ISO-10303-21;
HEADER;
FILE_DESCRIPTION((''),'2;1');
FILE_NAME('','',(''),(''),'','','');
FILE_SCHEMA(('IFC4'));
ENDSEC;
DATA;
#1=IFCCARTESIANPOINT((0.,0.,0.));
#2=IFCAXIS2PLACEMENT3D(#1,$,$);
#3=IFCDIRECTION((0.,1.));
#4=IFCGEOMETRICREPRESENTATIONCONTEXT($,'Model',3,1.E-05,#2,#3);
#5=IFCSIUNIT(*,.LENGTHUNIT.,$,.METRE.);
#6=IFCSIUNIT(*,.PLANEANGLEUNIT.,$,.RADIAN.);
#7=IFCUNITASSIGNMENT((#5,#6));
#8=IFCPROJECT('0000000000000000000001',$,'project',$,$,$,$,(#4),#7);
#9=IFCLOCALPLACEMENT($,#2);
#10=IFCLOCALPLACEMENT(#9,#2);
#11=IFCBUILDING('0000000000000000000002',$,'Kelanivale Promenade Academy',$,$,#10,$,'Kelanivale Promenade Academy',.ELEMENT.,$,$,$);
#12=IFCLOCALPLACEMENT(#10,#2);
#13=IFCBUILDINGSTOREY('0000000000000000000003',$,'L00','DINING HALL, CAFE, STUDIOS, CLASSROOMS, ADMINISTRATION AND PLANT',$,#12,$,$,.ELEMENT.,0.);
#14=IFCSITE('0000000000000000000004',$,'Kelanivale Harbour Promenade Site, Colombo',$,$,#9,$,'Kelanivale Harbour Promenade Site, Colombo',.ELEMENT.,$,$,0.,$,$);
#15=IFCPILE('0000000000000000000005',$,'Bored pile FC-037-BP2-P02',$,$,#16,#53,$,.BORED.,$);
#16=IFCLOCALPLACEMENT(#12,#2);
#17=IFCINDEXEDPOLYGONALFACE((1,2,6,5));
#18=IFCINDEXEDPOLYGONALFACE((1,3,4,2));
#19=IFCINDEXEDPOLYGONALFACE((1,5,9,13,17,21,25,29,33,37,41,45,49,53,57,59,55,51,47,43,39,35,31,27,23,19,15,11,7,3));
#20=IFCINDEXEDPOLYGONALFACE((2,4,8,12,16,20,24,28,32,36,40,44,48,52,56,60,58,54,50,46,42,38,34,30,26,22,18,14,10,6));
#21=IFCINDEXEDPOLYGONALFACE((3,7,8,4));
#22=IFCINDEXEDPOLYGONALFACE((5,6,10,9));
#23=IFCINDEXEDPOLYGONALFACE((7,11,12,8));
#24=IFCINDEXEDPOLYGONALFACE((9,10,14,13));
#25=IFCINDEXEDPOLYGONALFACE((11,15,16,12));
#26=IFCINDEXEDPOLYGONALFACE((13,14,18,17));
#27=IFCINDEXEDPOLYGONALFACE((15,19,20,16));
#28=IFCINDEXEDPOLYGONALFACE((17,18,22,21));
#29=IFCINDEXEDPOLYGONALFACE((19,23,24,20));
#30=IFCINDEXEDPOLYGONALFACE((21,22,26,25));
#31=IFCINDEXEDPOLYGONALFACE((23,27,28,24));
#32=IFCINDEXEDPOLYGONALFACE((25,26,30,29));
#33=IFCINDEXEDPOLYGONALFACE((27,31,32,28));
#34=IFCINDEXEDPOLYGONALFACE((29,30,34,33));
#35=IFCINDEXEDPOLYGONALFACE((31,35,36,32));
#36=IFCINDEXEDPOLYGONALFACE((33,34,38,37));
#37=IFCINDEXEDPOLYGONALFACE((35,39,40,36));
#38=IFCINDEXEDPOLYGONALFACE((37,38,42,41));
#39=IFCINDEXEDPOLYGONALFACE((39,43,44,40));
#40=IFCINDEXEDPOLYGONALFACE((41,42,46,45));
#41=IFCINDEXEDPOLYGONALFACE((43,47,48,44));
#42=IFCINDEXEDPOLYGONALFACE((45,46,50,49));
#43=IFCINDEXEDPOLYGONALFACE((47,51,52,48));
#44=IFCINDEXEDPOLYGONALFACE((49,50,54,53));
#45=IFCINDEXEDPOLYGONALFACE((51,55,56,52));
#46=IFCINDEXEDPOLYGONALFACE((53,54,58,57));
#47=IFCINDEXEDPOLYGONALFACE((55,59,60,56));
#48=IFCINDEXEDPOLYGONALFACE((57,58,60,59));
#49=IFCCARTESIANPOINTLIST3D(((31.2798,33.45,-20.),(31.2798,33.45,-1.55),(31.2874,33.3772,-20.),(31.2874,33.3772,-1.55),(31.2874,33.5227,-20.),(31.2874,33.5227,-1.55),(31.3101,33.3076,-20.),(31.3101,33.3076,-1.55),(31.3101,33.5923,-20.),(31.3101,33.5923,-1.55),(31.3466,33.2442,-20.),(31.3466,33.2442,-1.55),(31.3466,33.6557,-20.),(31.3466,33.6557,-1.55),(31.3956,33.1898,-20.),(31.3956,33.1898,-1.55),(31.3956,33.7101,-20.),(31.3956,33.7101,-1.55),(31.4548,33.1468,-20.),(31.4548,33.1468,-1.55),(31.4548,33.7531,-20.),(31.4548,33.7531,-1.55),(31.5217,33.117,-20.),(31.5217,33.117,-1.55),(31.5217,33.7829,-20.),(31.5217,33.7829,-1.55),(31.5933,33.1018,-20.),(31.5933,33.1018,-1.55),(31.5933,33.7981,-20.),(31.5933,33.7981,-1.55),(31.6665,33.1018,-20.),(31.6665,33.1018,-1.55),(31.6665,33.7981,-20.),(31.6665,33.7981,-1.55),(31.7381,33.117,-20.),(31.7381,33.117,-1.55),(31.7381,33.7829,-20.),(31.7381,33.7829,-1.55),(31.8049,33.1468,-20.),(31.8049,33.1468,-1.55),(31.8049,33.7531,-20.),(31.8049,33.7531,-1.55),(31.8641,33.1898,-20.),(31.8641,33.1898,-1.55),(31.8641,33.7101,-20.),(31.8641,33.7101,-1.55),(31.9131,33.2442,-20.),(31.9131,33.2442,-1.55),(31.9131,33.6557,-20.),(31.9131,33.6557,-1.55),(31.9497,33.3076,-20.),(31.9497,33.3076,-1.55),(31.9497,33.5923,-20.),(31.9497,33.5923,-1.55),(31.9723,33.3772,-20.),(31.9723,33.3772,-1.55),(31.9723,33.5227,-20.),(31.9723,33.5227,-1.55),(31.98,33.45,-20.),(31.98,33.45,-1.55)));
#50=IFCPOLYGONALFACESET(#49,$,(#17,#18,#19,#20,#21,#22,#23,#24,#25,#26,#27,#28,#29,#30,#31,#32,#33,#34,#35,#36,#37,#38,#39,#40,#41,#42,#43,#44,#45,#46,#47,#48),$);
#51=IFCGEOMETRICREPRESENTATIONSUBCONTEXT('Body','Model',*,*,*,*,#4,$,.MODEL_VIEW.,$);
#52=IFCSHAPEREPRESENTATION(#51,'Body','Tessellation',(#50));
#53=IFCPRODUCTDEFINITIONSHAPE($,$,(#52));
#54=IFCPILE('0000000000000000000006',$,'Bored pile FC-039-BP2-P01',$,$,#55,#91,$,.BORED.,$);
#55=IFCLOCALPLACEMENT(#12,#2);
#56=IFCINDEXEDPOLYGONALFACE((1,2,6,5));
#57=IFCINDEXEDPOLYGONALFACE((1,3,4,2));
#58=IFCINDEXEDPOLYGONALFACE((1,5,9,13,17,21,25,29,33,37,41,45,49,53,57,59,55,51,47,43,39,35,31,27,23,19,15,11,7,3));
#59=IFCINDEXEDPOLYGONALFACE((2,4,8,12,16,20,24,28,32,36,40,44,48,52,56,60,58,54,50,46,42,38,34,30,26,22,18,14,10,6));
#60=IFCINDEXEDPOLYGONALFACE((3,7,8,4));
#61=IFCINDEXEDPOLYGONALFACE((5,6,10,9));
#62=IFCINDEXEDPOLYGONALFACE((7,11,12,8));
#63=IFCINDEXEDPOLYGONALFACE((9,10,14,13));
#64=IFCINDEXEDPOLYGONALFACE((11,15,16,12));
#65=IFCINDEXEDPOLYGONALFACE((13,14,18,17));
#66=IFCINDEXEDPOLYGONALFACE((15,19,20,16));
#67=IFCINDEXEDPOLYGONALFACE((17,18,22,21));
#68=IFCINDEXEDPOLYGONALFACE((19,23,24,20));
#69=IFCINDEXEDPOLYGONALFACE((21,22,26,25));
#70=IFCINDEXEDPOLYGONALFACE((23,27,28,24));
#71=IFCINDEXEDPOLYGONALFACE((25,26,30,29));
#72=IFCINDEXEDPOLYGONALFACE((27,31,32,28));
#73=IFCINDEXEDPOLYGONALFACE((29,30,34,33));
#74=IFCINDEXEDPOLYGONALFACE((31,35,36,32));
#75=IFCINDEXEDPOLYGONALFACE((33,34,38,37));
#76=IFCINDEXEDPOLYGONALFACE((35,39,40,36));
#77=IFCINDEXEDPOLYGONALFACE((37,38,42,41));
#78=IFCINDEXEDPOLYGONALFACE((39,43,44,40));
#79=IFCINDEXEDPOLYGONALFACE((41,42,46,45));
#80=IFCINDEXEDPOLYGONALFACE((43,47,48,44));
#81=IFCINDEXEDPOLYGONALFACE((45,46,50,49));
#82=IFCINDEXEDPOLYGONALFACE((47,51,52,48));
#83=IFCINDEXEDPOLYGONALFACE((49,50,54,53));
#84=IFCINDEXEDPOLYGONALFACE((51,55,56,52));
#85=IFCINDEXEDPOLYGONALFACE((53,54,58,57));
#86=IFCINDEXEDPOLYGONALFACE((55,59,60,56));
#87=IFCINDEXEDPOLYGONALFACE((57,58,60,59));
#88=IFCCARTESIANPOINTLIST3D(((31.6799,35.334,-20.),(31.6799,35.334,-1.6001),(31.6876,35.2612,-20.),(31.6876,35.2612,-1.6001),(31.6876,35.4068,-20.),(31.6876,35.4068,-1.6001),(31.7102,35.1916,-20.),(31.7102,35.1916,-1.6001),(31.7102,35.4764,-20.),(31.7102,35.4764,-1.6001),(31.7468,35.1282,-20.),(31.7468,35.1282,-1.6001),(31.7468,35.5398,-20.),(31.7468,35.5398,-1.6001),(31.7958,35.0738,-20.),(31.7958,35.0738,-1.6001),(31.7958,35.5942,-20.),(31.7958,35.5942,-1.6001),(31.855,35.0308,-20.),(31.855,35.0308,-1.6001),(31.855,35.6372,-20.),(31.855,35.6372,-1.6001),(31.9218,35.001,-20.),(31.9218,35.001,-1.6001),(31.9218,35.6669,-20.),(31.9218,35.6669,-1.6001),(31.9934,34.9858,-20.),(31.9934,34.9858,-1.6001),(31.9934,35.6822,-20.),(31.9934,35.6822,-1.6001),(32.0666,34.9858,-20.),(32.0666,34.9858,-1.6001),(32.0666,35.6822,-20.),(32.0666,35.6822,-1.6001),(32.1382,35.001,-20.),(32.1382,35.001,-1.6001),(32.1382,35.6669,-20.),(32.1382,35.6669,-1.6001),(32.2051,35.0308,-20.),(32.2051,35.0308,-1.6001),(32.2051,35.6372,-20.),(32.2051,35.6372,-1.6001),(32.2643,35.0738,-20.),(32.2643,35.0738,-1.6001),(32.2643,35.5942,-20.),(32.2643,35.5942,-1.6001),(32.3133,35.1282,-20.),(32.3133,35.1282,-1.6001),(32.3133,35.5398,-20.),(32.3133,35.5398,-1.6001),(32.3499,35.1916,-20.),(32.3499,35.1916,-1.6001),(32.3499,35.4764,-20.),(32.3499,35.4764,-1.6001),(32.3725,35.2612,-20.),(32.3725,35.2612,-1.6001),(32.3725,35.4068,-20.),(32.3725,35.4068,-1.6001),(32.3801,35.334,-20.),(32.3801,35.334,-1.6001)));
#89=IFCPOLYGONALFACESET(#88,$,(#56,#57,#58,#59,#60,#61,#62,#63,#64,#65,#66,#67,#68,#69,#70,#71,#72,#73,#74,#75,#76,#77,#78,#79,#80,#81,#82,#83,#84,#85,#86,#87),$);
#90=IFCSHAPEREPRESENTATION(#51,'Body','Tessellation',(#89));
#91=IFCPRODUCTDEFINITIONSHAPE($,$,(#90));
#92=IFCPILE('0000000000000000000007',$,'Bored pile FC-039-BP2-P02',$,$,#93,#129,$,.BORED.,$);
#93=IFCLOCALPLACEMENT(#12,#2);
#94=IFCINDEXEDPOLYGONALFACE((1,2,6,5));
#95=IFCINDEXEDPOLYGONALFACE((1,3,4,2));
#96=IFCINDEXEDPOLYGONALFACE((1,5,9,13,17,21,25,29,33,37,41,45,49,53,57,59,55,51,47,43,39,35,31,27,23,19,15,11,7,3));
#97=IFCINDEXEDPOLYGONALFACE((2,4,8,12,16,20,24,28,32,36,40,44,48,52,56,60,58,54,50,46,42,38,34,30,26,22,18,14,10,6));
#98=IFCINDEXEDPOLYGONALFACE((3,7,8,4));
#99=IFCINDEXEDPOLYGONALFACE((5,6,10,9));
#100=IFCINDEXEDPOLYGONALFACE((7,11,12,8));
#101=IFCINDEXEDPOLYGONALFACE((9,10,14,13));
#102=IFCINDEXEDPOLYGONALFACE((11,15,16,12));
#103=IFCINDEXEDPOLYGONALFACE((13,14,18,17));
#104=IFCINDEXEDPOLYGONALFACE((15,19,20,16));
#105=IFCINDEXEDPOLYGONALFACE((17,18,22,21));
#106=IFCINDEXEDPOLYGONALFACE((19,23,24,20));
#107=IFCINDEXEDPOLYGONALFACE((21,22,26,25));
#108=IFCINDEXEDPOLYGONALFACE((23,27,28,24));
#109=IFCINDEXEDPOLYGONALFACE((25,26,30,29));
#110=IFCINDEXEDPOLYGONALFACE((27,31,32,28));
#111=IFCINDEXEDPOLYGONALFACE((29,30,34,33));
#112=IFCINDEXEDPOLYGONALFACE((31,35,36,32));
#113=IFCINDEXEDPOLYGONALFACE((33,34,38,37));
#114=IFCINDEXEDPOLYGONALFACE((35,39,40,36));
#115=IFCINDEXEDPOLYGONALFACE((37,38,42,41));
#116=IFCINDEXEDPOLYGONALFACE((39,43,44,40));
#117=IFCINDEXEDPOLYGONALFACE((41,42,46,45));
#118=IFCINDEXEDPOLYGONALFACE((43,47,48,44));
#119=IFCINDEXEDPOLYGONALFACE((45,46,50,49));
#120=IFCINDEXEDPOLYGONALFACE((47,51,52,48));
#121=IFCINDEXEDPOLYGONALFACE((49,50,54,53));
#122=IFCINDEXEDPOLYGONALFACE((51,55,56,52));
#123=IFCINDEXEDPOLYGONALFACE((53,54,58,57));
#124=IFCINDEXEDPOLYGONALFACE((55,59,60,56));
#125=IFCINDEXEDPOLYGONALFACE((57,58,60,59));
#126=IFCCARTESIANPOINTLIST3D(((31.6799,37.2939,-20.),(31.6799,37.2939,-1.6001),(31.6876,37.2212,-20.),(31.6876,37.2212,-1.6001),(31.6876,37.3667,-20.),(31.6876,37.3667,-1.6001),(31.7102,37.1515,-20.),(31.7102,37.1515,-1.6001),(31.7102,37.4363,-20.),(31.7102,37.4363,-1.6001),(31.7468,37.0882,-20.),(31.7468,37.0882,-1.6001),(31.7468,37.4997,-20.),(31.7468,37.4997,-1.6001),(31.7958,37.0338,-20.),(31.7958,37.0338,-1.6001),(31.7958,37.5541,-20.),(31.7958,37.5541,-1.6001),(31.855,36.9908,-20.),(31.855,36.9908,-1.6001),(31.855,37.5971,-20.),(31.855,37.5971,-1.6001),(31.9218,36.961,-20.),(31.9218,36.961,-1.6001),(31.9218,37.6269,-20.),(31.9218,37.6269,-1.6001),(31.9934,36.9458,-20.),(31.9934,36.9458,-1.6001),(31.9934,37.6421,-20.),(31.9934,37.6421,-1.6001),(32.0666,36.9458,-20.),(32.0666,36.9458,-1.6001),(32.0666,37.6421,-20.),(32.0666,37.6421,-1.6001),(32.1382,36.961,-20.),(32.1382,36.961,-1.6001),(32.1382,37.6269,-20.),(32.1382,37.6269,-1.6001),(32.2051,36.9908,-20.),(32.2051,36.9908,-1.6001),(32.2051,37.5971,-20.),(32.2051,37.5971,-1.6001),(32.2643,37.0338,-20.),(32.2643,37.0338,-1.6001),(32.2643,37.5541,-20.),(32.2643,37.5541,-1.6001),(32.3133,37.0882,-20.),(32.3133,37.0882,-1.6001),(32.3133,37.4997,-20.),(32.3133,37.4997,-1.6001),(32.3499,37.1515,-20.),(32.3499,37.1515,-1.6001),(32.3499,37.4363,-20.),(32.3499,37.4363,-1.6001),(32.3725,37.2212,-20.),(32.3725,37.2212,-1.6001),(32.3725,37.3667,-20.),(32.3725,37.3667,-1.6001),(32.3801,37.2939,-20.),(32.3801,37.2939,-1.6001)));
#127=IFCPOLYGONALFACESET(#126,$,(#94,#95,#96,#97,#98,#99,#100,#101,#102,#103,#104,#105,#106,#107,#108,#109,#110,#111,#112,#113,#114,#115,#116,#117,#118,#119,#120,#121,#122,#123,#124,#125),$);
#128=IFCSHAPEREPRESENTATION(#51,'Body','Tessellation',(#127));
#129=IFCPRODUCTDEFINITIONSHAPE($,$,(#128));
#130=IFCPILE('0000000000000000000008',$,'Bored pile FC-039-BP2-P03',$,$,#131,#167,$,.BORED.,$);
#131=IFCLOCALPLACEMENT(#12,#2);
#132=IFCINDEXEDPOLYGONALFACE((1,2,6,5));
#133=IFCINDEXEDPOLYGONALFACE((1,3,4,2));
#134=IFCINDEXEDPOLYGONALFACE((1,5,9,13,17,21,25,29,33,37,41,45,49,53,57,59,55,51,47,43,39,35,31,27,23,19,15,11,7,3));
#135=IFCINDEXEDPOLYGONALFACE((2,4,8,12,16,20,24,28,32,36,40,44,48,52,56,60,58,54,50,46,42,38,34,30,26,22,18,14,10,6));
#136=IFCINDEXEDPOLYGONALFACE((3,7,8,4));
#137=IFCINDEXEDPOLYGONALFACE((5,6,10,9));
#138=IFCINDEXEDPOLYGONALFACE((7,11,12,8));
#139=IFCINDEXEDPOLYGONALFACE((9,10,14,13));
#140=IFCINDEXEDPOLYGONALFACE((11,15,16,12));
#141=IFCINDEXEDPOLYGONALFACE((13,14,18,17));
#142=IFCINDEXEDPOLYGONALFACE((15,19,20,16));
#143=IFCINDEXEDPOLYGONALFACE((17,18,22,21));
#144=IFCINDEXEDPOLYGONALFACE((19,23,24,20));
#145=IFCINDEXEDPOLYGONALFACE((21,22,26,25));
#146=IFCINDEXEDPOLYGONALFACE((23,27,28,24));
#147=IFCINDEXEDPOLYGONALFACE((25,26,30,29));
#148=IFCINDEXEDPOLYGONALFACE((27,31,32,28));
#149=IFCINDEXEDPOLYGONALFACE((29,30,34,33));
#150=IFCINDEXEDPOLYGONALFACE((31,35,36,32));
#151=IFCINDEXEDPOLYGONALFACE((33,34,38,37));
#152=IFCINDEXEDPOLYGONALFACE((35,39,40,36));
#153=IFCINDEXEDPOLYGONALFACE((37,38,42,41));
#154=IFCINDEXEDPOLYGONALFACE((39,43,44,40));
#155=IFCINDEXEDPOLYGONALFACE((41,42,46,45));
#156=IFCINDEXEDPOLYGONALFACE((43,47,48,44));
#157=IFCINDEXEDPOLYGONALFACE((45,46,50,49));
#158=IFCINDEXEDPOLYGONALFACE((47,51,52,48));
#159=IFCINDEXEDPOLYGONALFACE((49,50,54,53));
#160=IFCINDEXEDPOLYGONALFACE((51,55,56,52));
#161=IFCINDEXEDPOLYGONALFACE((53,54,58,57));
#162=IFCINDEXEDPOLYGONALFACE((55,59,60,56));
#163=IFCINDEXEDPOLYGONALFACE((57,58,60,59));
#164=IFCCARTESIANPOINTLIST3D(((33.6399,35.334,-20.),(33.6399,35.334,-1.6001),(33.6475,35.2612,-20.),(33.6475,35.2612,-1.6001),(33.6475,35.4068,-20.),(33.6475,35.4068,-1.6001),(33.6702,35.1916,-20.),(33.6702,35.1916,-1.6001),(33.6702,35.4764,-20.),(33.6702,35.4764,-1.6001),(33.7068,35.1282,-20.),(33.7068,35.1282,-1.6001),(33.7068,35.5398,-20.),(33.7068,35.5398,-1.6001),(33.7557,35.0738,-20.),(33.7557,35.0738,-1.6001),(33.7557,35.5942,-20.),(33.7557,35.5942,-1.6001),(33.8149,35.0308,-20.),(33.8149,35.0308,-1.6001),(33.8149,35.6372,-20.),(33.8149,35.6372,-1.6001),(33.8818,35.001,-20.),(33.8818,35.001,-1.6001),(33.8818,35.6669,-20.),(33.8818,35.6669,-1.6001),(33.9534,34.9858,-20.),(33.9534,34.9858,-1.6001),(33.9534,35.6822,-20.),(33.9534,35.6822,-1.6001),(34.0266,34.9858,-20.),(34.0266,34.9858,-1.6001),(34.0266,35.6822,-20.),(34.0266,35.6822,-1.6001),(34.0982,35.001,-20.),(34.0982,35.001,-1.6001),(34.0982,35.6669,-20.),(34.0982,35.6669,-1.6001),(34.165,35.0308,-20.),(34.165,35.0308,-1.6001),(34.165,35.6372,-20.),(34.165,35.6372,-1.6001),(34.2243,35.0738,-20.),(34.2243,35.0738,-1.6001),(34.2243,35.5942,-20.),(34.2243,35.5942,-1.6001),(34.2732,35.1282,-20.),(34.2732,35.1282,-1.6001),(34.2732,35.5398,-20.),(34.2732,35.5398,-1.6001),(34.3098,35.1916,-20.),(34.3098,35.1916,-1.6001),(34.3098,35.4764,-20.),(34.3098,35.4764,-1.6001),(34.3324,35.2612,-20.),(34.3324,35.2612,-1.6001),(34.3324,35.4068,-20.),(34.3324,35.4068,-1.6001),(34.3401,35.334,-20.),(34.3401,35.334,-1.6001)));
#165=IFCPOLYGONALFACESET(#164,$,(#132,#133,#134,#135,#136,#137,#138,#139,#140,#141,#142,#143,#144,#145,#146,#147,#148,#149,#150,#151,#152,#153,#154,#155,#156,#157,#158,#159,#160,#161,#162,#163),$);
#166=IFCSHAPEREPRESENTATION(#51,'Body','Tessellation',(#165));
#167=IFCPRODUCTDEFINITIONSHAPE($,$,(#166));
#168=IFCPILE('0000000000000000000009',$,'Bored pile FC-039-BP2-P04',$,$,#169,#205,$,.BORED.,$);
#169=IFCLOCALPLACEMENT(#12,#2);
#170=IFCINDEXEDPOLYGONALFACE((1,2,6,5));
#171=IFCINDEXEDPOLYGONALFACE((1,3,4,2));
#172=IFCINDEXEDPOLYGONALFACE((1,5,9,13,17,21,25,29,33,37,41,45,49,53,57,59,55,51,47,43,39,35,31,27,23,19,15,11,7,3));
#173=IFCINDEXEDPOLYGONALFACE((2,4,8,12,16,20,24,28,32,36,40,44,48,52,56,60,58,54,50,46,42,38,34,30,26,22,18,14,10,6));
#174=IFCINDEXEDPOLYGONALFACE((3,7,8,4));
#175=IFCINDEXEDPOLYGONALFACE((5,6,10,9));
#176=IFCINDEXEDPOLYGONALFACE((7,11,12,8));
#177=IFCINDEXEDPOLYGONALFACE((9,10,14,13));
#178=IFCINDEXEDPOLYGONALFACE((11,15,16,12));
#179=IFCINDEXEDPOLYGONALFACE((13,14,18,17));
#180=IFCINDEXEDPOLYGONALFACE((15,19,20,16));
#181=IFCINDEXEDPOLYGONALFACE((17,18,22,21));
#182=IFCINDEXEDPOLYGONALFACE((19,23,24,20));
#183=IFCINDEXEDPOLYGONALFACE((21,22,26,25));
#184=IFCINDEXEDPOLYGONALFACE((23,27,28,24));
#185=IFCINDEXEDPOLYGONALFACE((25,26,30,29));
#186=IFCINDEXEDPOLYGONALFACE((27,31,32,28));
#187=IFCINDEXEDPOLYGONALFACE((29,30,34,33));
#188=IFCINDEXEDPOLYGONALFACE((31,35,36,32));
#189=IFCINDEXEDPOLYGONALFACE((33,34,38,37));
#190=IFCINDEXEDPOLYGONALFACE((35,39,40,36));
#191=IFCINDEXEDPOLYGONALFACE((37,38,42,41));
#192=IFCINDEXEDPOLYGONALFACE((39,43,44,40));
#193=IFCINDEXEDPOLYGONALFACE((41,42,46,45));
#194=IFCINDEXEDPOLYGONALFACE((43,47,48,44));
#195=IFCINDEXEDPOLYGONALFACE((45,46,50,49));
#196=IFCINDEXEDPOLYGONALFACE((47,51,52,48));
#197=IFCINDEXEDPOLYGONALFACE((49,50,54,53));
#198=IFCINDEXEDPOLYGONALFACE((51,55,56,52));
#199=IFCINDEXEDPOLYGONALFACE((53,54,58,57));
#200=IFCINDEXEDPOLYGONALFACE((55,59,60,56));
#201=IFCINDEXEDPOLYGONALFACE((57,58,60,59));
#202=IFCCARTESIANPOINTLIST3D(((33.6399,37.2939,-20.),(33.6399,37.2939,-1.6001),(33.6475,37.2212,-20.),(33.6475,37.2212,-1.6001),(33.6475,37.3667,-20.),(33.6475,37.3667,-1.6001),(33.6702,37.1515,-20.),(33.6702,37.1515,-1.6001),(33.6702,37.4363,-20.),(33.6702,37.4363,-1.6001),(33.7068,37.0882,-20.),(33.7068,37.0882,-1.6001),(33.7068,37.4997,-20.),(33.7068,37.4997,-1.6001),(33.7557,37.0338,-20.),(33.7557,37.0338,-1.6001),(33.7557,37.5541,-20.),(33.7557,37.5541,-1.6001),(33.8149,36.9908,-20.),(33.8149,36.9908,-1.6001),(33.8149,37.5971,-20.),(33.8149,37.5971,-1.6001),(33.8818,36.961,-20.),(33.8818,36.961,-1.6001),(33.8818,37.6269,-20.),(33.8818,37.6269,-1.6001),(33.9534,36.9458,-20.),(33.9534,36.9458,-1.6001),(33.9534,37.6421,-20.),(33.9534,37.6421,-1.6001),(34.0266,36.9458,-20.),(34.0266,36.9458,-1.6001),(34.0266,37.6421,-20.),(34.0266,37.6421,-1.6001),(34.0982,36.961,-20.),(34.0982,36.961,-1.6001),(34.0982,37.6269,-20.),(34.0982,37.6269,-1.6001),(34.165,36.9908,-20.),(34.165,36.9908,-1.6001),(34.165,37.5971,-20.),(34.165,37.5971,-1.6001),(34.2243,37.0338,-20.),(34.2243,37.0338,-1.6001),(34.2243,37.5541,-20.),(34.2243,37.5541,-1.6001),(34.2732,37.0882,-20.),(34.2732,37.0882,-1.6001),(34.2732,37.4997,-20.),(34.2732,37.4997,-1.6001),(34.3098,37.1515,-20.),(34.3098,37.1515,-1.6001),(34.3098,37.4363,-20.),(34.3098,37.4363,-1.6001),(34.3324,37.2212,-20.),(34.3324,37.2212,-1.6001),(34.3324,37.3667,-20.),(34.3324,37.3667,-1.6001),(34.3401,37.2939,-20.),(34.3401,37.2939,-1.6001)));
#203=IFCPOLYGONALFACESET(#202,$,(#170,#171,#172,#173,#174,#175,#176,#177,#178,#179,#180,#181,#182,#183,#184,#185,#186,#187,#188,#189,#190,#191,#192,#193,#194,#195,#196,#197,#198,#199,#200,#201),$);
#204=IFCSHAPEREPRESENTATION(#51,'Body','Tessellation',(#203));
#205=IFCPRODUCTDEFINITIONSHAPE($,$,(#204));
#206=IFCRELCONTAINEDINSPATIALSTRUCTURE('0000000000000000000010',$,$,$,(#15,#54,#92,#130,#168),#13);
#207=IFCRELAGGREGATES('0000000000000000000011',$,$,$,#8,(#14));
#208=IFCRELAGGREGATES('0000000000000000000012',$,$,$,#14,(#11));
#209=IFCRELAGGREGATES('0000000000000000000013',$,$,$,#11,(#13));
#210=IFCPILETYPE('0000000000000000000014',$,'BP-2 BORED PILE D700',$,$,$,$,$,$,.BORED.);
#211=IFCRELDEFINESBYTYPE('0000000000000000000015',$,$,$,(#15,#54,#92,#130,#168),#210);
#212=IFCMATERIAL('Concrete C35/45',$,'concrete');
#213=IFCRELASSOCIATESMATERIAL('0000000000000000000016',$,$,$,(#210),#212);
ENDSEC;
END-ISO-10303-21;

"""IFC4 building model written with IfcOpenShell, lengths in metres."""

from ifc_helpers import new_model, si_unit, direction, frame, origin, origin_2d, place, context, subcontext, project, spatial, circle, extrude, material, material_profile, profile_set, type_object, element, save


model = new_model("IFC4")

# Units and contexts
model_context = context("Model", 3, precision=1e-05, world=origin(), true_north=direction((0.0, 1.0)))
body_context = subcontext(model_context, "Body", "Model", "MODEL_VIEW")
ifc_project = project(units=[si_unit("LENGTHUNIT", "METRE"), si_unit("PLANEANGLEUNIT", "RADIAN")], contexts=[model_context])

# Site, building, storey
site_placement = place(None, origin())
site = spatial("IfcSite", under=ifc_project, at=site_placement, Name="Kelanivale Harbour Promenade Site, Colombo", LongName="Kelanivale Harbour Promenade Site, Colombo", CompositionType="ELEMENT", RefElevation=0.0)
building_placement = place(site_placement, origin())
building = spatial("IfcBuilding", under=site, at=building_placement, Name="Kelanivale Promenade Academy", LongName="Kelanivale Promenade Academy", CompositionType="ELEMENT")
storey_placement = place(building_placement, origin())
storey = spatial("IfcBuildingStorey", under=building, at=storey_placement, Name="L00", Description="DINING HALL, CAFE, STUDIOS, CLASSROOMS, ADMINISTRATION AND PLANT", CompositionType="ELEMENT", Elevation=0.0)

# Piles
ifc_material_1 = material(Name="Concrete C35/45", Category="concrete")
ifc_material_profile_1 = material_profile(ifc_material_1, circle(Radius=0.3501, at=origin_2d()), Name="BORED PILE D700")
ifc_profile_set_1 = profile_set([ifc_material_profile_1], Name="Concrete C35/45")
pile_type = type_object("IfcPileType", Name="BP-2 BORED PILE D700", PredefinedType="BORED", material=ifc_profile_set_1)
pile_placement = place(storey_placement, frame((31.6299, 33.45, -1.55), z_axis=(0.0, 0.0, -1.0), x_axis=(1.0, 0.0, 0.0)))
element("IfcPile", 1, at=pile_placement, inside=storey, type_object=pile_type, Name="Bored pile FC-037-BP2-P02", PredefinedType="BORED", context=body_context, shape_type="SweptSolid", body=[
    extrude(circle(Radius=0.3501, at=origin_2d()), origin(), (0.0, 0.0, 1.0), 18.45),
])
for number, where, z_axis, x_axis, name in (
    (2, (32.03, 35.334, -1.6001), (0.0, 0.0, -1.0), (1.0, 0.0, 0.0), "Bored pile FC-039-BP2-P01"),
    (3, (32.03, 37.2939, -1.6001), (0.0, 0.0, -1.0), (1.0, 0.0, 0.0), "Bored pile FC-039-BP2-P02"),
    (4, (33.99, 35.334, -1.6001), (0.0, 0.0, -1.0), (1.0, 0.0, 0.0), "Bored pile FC-039-BP2-P03"),
    (5, (33.99, 37.2939, -1.6001), (0.0, 0.0, -1.0), (1.0, 0.0, 0.0), "Bored pile FC-039-BP2-P04"),
):
    element("IfcPile", number, at=place(storey_placement, frame(where, z_axis=z_axis, x_axis=x_axis)), inside=storey, type_object=pile_type, Name=name, PredefinedType="BORED", context=body_context, shape_type="SweptSolid", body=[
        extrude(circle(Radius=0.3501, at=origin_2d()), origin(), (0.0, 0.0, 1.0), 18.3999),
    ])

save(model, "model.ifc")
